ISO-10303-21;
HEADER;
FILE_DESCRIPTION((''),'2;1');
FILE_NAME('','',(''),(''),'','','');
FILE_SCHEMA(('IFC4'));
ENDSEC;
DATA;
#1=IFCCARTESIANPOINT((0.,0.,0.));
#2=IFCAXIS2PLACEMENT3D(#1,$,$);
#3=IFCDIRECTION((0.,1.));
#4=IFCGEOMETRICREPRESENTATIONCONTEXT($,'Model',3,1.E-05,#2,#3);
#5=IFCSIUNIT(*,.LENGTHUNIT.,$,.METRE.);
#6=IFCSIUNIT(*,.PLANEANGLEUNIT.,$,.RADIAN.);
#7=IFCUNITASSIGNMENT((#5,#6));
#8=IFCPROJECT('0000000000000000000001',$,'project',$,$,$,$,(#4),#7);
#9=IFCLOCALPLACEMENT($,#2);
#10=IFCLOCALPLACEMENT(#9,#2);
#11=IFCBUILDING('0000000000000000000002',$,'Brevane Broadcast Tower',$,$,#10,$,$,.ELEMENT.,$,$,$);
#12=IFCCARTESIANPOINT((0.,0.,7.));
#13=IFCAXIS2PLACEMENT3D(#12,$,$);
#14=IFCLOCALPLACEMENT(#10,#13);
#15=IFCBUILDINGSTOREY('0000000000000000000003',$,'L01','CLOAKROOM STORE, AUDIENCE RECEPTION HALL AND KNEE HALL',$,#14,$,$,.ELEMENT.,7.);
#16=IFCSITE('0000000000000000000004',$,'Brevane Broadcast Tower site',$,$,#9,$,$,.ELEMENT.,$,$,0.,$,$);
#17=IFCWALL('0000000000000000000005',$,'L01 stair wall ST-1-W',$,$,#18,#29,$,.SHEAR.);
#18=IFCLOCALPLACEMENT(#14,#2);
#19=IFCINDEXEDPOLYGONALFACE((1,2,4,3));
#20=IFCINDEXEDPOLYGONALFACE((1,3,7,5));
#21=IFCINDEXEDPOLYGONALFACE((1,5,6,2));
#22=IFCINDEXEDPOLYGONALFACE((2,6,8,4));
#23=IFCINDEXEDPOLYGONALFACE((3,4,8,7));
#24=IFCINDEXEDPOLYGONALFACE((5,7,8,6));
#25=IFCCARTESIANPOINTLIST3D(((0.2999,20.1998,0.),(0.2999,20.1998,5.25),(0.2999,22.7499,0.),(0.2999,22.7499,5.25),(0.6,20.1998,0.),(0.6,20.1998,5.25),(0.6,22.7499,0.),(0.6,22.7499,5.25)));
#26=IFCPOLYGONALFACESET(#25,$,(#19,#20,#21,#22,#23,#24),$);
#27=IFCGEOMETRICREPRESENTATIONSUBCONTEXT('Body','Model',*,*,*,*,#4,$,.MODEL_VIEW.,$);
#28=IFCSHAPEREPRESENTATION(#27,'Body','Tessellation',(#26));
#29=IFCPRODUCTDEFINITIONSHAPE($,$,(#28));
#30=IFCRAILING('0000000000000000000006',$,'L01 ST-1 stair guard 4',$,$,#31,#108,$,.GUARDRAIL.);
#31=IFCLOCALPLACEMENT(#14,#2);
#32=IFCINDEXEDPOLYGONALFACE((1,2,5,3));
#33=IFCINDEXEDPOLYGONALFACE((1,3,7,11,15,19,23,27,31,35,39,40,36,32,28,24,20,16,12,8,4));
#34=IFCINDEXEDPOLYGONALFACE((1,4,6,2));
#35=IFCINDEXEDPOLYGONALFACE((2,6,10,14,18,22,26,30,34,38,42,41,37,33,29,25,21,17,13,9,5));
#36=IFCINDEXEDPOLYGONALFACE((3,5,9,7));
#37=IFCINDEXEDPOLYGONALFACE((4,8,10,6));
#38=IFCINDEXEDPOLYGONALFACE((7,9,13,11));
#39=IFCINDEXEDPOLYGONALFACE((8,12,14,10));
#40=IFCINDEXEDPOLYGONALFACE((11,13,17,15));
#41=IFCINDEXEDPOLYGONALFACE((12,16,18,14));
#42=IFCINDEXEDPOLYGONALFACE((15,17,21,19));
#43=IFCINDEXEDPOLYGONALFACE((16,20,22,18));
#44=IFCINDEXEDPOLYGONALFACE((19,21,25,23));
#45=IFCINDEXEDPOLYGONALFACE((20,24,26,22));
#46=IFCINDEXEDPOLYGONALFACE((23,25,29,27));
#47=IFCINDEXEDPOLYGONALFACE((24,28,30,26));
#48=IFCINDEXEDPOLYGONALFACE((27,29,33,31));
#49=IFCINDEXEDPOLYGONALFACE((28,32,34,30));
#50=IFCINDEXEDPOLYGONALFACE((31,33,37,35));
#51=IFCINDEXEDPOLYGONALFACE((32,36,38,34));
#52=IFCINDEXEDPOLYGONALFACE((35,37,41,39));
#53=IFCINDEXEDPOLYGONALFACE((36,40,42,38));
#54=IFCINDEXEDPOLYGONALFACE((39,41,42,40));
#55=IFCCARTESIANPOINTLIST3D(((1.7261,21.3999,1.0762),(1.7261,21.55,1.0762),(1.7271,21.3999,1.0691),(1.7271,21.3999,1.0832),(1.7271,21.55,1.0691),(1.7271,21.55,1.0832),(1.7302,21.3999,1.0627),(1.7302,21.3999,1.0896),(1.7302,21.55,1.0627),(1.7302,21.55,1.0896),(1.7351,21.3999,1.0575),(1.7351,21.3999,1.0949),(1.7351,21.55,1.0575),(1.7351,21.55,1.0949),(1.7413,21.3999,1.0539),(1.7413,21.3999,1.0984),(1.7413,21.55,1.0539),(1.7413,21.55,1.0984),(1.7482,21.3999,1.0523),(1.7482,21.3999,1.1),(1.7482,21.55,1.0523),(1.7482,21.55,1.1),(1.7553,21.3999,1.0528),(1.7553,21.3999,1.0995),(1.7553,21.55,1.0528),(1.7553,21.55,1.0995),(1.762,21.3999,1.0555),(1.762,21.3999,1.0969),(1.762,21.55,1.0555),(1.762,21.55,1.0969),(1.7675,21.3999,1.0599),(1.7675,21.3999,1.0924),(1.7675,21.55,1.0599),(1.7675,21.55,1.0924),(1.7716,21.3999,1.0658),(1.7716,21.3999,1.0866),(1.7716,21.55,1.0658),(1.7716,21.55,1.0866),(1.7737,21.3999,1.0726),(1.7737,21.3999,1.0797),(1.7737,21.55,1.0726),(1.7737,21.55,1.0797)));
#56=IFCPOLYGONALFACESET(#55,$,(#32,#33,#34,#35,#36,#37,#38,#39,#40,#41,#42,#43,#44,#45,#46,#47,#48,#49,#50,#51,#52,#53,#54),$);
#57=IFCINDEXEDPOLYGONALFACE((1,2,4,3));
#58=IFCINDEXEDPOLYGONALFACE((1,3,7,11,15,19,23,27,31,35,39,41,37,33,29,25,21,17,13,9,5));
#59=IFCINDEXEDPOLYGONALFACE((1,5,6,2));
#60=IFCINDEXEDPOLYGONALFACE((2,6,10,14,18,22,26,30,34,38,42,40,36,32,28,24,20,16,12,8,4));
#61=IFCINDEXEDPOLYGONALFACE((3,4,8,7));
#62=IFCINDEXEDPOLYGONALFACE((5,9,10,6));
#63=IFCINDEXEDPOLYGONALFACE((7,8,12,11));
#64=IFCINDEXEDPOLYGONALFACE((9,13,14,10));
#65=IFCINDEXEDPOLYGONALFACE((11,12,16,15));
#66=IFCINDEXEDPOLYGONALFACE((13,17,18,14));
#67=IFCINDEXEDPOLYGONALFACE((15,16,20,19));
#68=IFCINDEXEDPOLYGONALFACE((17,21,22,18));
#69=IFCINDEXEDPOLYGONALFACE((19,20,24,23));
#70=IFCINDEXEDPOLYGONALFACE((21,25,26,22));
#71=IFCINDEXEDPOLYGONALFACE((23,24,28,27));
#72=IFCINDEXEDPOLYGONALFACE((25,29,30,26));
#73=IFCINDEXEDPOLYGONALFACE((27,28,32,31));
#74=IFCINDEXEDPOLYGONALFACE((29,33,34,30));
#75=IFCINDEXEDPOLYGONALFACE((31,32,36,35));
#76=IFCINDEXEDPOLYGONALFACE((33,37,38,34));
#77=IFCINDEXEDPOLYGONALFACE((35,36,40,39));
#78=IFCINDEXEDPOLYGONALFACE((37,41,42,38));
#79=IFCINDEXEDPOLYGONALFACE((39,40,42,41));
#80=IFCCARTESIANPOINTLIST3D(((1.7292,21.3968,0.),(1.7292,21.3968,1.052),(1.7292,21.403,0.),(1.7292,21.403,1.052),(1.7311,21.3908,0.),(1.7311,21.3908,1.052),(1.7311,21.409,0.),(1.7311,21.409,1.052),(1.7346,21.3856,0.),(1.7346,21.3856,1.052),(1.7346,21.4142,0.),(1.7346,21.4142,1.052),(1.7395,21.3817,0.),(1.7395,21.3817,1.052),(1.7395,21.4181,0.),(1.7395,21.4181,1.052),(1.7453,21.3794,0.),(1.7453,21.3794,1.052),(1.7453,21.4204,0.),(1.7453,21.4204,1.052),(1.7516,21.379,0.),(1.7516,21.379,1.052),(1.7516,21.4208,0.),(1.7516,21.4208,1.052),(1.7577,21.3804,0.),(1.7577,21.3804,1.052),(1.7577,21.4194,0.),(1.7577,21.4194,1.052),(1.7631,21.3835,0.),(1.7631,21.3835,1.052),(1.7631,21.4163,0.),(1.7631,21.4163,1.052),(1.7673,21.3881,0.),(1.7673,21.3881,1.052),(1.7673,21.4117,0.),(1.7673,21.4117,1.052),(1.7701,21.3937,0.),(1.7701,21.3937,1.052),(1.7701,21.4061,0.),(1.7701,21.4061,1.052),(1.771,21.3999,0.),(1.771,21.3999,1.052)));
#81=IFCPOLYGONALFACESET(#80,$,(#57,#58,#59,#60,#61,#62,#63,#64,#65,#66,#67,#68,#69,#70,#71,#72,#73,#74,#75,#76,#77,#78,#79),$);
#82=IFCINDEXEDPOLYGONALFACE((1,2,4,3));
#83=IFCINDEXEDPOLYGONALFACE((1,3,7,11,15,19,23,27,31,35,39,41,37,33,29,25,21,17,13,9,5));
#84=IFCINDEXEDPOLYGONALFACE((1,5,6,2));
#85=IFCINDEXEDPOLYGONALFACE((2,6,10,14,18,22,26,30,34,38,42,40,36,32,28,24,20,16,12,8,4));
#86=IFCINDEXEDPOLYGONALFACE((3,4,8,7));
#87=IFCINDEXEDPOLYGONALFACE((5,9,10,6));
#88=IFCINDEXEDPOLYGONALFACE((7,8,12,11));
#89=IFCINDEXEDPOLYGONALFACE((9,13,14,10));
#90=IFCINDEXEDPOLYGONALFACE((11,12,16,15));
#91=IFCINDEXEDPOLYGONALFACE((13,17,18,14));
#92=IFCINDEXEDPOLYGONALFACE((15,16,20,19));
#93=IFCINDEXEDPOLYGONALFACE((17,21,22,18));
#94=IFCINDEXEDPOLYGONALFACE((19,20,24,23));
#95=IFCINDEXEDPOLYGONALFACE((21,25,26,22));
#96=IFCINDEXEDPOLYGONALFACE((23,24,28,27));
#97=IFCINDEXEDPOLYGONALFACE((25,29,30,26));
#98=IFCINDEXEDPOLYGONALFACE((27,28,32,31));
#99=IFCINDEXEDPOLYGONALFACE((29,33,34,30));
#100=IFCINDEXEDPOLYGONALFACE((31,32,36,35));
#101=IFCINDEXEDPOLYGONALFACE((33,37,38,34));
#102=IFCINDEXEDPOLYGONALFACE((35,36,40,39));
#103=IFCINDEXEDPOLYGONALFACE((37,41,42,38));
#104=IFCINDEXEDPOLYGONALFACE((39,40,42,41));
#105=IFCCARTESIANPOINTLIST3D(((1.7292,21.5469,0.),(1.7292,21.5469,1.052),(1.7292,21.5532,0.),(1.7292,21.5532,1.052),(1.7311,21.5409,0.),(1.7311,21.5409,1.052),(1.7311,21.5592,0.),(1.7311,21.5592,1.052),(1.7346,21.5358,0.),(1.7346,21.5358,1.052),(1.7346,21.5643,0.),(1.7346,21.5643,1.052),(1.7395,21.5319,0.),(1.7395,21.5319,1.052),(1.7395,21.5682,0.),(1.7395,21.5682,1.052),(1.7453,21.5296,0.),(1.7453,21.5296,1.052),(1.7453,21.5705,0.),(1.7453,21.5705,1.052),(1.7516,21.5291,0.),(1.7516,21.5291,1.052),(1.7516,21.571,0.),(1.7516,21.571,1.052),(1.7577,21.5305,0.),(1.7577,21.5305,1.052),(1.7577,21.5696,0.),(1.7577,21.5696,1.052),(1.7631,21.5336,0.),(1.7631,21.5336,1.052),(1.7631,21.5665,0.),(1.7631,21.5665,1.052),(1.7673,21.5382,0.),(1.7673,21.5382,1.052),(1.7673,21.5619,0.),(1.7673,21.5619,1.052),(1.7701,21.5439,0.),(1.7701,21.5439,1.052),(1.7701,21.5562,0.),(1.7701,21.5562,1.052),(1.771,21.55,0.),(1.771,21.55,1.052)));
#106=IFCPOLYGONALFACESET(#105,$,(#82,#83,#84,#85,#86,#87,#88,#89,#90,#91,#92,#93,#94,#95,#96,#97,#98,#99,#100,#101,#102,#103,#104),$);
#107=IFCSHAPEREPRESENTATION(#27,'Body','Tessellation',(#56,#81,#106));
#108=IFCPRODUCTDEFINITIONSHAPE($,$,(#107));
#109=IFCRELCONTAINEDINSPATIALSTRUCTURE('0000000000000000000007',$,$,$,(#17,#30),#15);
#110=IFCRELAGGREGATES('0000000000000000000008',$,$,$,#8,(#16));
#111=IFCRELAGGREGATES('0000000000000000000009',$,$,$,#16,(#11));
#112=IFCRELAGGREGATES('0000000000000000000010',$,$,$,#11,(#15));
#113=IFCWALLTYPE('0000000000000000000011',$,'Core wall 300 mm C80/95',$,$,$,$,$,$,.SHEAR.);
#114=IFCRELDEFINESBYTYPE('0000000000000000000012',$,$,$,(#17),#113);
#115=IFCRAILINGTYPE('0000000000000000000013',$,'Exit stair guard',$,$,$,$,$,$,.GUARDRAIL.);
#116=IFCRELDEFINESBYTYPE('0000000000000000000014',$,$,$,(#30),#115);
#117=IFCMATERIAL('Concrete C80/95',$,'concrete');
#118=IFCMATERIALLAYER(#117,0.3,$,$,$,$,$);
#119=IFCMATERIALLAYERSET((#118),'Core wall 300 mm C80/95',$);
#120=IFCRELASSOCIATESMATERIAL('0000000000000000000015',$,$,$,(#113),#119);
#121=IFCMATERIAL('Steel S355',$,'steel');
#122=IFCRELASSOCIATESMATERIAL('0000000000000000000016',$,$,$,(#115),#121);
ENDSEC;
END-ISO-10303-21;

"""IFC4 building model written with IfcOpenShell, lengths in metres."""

from ifc_helpers import new_model, si_unit, direction, frame, frame_2d, origin, origin_2d, place, context, subcontext, project, spatial, rectangle, circle, extrude, material, layer, layer_set, type_object, element, save


model = new_model("IFC4")

# Units and contexts
model_context = context("Model", 3, precision=1e-05, world=origin(), true_north=direction((0.0, 1.0)))
body_context = subcontext(model_context, "Body", "Model", "MODEL_VIEW")
ifc_project = project(units=[si_unit("LENGTHUNIT", "METRE"), si_unit("PLANEANGLEUNIT", "RADIAN")], contexts=[model_context])

# Site, building, storey
site_placement = place(None, origin())
site = spatial("IfcSite", under=ifc_project, at=site_placement, Name="Brevane Broadcast Tower site", CompositionType="ELEMENT", RefElevation=0.0)
building_placement = place(site_placement, origin())
building = spatial("IfcBuilding", under=site, at=building_placement, Name="Brevane Broadcast Tower", CompositionType="ELEMENT")
storey_placement = place(building_placement, frame((0.0, 0.0, 7.0)))
storey = spatial("IfcBuildingStorey", under=building, at=storey_placement, Name="L01", Description="CLOAKROOM STORE, AUDIENCE RECEPTION HALL AND KNEE HALL", CompositionType="ELEMENT", Elevation=7.0)

# Shared definitions
ifc_material_1 = material(Name="Concrete C80/95", Category="concrete")

# Shared definitions
ifc_layer_1 = layer(ifc_material_1, 0.3)
ifc_layer_set_1 = layer_set([ifc_layer_1], Name="Core wall 300 mm C80/95")
wall_type_1 = type_object("IfcWallType", Name="Core wall 300 mm C80/95", PredefinedType="SHEAR", material=ifc_layer_set_1)

# Wall
wall_1_placement = place(storey_placement, frame((0.45, 20.2, 0.0), z_axis=(0.0, 0.0, 1.0), x_axis=(0.0, 1.0, 0.0)))
element("IfcWall", 1, at=wall_1_placement, inside=storey, type_object=wall_type_1, Name="L01 stair wall ST-1-W", PredefinedType="SHEAR", context=body_context, shape_type="SweptSolid", body=[
    extrude(rectangle(XDim=2.55, YDim=0.3, at=frame_2d((1.2749, 0.0))), origin(), (0.0, 0.0, 1.0), 5.25),
])

# Railing
ifc_material_2 = material(Name="Steel S355", Category="steel")
railing_type = type_object("IfcRailingType", Name="Exit stair guard", PredefinedType="GUARDRAIL", material=ifc_material_2)
railing_placement = place(storey_placement, frame((1.75, 21.3999, 0.0)))
element("IfcRailing", 2, at=railing_placement, inside=storey, type_object=railing_type, Name="L01 ST-1 stair guard 4", PredefinedType="GUARDRAIL", context=body_context, shape_type="SweptSolid", body=[
    extrude(circle(Radius=0.0239, at=origin_2d()), frame((0.0, 0.0, 1.0762), z_axis=(0.0, 1.0, 0.0), x_axis=(-1.0, 0.0, 0.0)), (0.0, 0.0, 1.0), 0.1501),
    extrude(circle(Radius=0.021, at=origin_2d()), origin(), (0.0, 0.0, 1.0), 1.052),
    extrude(circle(Radius=0.021, at=origin_2d()), frame((0.0, 0.1501, 0.0)), (0.0, 0.0, 1.0), 1.052),
])

save(model, "model.ifc")
